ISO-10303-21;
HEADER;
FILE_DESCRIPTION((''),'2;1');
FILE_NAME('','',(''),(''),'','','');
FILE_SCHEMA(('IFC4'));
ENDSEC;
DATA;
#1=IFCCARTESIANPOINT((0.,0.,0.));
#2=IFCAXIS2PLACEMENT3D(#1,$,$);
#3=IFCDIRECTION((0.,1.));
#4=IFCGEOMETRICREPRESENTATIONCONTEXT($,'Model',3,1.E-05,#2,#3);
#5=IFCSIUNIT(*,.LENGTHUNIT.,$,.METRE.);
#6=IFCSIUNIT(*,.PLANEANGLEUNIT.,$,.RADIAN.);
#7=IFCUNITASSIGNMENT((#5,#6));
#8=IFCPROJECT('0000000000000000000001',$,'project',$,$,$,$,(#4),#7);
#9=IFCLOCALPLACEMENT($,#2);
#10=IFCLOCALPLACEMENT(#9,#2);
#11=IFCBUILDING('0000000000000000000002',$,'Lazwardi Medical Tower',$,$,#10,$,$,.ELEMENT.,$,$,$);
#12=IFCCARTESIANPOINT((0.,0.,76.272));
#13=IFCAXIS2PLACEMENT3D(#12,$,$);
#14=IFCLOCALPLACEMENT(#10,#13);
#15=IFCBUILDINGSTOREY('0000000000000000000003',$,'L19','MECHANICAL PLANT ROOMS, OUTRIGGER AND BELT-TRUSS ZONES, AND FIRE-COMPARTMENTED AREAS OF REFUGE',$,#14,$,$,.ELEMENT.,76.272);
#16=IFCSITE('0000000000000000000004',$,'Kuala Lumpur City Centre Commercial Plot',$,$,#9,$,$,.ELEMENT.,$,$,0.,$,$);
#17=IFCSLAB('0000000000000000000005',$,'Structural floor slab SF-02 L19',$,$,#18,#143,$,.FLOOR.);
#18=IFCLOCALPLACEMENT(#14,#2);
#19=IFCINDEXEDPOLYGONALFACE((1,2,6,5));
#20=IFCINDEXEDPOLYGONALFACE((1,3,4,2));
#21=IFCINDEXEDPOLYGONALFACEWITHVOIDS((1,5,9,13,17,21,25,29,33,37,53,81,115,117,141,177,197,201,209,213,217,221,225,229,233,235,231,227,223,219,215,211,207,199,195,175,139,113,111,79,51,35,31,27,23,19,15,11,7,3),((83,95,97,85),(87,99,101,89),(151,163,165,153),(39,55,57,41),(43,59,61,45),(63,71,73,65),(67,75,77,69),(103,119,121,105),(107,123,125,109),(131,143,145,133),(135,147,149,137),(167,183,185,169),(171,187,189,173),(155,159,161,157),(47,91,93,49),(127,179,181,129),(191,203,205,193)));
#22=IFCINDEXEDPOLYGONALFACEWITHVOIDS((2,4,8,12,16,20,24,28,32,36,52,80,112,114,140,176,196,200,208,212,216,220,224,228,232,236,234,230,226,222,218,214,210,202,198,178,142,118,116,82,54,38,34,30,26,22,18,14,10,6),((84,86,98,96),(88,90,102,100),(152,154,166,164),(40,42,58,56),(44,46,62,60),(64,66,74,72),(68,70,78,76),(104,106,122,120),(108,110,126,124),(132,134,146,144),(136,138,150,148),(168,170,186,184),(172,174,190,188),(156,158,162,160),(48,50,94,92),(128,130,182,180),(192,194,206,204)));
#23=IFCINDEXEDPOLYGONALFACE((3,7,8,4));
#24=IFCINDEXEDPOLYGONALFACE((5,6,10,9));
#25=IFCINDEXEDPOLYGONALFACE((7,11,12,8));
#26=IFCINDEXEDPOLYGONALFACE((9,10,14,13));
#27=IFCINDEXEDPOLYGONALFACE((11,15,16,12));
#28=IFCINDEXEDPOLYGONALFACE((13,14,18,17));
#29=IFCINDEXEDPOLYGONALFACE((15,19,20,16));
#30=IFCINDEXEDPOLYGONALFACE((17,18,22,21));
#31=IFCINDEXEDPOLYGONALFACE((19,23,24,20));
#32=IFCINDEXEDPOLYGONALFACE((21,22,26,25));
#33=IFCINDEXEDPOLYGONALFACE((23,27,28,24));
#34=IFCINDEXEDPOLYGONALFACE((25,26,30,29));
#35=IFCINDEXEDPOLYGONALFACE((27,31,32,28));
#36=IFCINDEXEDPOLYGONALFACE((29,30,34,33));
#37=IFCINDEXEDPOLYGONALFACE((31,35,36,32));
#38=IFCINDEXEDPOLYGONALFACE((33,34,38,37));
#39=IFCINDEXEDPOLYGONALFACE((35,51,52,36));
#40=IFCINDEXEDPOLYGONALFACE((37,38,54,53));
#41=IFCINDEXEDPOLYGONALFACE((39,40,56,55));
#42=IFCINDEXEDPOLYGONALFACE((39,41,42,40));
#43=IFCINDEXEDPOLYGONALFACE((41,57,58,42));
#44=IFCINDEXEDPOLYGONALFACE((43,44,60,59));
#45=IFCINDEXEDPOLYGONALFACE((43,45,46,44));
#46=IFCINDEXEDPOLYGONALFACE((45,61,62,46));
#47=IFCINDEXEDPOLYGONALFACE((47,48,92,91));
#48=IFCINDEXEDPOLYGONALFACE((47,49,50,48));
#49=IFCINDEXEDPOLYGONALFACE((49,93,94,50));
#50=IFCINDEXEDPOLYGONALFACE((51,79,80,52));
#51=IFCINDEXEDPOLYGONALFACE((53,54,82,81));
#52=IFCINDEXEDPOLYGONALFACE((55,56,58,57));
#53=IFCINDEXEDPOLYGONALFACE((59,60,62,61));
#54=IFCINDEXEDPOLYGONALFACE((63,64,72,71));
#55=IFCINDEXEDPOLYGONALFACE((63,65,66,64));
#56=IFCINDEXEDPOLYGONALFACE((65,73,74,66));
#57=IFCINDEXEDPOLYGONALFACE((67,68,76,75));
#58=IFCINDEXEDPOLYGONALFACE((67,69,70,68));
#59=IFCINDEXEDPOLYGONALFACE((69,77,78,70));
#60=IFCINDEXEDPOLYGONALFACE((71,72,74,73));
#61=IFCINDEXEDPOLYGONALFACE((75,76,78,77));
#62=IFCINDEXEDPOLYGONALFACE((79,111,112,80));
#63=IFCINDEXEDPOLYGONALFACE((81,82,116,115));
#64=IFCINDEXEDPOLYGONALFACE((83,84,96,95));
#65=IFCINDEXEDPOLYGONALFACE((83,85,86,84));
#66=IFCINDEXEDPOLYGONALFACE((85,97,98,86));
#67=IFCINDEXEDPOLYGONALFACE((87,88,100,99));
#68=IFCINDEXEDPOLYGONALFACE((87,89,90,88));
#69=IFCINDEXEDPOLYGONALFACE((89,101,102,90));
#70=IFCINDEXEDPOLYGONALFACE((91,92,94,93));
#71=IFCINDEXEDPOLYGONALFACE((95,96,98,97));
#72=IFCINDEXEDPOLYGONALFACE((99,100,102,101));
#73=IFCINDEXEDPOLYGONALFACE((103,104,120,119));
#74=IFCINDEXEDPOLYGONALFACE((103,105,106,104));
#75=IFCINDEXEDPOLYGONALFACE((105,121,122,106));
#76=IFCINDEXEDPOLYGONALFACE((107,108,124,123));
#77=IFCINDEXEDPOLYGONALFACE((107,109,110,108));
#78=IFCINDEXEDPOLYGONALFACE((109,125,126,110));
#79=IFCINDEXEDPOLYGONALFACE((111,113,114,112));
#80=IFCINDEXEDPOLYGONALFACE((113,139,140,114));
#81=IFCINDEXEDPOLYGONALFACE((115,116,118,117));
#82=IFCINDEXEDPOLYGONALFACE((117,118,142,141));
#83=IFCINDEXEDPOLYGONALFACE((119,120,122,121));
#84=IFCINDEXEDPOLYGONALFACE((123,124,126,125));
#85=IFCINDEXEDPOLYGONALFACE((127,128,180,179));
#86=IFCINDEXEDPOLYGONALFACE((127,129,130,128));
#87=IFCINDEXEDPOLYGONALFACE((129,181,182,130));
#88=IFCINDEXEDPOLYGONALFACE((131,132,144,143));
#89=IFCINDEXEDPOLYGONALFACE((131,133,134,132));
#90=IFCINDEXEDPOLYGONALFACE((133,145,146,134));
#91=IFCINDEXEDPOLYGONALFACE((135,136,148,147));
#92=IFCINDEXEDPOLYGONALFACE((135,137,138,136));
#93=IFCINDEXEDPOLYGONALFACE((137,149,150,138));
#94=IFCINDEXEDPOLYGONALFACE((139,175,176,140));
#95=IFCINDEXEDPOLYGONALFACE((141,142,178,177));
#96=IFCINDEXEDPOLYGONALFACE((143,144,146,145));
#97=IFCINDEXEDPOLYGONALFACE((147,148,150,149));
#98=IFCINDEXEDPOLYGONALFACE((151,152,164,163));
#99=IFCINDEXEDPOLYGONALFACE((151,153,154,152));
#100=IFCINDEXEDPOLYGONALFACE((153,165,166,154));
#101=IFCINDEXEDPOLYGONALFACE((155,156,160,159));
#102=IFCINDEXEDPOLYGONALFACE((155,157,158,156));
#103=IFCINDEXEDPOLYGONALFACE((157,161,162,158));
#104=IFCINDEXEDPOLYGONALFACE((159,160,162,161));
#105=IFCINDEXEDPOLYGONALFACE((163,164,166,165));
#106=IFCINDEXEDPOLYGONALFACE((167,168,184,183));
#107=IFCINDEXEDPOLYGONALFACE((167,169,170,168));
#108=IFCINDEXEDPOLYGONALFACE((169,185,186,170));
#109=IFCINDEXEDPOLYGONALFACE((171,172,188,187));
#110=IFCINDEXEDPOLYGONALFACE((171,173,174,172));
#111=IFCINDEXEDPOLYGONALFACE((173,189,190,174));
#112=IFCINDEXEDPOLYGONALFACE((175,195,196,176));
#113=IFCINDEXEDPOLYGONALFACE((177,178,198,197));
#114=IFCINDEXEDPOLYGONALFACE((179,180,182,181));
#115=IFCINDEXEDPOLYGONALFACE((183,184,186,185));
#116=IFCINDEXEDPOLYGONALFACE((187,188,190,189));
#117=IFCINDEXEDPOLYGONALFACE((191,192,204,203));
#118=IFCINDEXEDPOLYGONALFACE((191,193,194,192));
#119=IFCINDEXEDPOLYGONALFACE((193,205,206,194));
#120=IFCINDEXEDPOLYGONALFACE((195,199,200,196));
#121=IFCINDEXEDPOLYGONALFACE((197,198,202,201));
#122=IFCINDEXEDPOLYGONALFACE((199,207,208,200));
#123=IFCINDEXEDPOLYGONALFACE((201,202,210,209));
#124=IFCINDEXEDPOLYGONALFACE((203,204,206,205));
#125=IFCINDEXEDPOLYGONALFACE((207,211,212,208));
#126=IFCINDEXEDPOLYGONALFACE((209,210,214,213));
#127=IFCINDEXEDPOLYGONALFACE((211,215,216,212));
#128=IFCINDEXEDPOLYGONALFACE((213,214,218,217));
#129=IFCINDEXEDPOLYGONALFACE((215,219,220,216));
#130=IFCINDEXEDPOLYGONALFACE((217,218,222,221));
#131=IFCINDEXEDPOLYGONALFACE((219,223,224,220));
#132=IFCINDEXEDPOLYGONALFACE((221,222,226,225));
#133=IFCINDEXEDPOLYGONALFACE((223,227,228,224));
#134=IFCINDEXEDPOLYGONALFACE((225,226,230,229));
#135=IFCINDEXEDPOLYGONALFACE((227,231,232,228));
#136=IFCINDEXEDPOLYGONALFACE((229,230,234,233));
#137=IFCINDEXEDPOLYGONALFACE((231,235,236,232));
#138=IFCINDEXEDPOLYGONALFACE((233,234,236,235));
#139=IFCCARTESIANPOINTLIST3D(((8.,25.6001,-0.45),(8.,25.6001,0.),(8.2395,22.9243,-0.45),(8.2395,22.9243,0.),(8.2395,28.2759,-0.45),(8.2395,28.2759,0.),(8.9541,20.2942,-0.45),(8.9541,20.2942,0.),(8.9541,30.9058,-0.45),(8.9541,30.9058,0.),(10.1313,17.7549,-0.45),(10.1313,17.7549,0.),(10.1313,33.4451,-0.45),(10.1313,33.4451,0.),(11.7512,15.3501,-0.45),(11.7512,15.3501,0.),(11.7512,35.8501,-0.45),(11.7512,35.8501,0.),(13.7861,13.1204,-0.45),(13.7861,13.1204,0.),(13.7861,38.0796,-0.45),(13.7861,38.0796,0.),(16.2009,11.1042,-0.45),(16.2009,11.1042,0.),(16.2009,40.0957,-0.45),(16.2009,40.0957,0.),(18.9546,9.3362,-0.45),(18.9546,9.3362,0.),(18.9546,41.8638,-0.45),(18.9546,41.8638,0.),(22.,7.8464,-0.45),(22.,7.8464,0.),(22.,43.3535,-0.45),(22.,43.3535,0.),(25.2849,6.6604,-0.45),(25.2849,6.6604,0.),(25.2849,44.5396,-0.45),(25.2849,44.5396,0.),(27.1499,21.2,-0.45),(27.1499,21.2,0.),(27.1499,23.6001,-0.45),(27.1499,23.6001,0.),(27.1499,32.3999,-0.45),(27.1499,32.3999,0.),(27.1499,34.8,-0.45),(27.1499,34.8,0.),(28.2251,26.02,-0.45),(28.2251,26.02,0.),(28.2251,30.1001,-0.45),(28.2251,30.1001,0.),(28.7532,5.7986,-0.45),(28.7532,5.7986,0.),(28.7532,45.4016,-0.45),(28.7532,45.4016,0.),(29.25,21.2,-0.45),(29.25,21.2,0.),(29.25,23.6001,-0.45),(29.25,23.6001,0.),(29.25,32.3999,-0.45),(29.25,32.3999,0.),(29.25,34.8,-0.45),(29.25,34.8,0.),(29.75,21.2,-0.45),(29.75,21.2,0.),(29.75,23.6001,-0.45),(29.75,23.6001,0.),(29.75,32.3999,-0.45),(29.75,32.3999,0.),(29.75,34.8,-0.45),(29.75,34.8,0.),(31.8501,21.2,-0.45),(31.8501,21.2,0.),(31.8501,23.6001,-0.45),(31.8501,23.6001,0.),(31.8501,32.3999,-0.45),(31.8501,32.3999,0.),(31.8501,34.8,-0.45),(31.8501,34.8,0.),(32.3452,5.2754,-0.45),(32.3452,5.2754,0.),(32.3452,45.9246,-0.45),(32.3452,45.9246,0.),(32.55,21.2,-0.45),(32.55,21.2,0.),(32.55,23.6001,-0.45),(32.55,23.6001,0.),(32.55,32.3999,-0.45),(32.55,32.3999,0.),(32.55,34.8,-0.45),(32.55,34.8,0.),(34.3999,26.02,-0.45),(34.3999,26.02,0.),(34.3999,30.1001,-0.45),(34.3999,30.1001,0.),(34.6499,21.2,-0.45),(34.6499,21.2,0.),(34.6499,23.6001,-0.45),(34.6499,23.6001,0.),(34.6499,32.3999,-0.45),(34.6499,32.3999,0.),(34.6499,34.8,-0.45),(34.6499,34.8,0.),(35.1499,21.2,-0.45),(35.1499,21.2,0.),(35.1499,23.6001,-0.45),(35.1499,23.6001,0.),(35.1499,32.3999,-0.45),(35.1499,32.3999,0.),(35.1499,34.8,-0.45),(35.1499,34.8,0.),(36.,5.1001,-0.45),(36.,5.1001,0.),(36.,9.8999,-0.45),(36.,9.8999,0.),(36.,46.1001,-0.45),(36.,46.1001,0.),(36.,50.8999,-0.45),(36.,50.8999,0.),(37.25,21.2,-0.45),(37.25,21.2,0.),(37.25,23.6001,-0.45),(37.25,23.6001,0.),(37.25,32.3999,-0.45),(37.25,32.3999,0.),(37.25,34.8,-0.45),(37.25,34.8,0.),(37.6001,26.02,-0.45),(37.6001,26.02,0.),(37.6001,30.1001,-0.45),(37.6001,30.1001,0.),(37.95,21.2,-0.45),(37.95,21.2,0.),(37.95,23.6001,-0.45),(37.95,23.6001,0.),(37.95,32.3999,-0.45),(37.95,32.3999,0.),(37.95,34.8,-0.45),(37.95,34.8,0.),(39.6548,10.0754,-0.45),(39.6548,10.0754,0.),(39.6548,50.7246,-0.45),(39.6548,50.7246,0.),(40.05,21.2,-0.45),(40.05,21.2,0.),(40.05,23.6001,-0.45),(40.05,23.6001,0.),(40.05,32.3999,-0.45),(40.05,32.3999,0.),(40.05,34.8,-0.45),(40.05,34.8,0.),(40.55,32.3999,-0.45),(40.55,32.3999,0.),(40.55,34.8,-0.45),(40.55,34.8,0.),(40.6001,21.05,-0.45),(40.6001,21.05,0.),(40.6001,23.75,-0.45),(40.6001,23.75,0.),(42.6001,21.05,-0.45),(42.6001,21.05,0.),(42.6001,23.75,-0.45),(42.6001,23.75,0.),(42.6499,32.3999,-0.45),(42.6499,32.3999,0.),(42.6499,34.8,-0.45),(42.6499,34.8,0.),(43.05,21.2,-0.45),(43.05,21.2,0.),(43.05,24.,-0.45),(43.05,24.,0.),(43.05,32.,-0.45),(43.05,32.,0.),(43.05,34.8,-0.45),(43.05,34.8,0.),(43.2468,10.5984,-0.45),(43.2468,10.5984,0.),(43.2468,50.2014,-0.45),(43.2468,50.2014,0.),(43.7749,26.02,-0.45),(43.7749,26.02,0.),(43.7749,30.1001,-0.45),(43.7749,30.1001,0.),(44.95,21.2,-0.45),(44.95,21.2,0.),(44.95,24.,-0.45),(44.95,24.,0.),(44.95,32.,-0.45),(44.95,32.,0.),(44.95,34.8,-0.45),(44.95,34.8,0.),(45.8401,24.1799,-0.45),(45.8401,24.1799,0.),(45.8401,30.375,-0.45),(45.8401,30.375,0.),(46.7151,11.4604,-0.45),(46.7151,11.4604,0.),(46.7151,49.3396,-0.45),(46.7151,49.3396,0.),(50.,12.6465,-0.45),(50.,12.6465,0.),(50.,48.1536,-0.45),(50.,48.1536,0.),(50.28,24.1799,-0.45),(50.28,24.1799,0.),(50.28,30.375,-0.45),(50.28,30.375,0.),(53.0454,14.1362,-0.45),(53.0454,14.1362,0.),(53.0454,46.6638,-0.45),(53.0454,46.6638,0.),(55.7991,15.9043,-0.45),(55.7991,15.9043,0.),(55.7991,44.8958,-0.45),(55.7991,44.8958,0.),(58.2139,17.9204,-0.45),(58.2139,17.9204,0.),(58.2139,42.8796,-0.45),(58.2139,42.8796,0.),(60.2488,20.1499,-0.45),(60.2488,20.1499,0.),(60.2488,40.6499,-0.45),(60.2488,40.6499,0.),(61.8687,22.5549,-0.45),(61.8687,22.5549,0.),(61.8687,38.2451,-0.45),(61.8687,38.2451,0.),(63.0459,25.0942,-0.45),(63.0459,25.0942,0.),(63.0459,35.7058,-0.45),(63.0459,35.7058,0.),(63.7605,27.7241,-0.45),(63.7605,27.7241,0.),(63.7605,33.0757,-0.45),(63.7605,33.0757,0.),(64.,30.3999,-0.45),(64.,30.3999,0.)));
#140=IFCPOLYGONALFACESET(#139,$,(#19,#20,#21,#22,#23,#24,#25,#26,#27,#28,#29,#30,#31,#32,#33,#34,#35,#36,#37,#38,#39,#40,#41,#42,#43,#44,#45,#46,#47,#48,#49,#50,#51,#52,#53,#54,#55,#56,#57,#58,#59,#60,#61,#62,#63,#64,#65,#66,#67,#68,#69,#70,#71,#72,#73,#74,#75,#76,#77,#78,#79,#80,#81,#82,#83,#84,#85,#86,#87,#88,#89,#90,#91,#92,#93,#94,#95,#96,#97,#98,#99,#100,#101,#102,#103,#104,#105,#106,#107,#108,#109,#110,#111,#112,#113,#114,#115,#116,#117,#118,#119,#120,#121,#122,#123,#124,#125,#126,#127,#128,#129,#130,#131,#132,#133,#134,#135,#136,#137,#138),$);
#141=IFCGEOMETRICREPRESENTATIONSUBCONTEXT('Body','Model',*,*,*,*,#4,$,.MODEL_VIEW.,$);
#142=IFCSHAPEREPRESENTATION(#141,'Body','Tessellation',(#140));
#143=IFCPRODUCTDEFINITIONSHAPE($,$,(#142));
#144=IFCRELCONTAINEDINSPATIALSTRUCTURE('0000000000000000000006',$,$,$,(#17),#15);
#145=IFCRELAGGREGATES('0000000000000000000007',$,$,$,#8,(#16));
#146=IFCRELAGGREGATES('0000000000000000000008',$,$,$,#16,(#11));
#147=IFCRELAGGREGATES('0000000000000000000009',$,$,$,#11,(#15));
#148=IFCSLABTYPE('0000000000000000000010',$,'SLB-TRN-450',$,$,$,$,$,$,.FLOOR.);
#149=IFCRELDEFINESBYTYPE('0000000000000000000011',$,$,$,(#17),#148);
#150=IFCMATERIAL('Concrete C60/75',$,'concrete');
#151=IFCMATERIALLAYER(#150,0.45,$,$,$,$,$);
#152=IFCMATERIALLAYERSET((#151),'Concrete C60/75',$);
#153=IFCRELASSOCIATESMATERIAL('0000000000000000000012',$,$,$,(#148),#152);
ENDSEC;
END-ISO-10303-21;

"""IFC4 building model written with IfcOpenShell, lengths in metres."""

from ifc_helpers import new_model, si_unit, direction, frame, origin, place, context, subcontext, project, spatial, polyline, outline, extrude, material, layer, layer_set, type_object, element, save


model = new_model("IFC4")

# Units and contexts
model_context = context("Model", 3, precision=1e-05, world=origin(), true_north=direction((0.0, 1.0)))
body_context = subcontext(model_context, "Body", "Model", "MODEL_VIEW")
ifc_project = project(units=[si_unit("LENGTHUNIT", "METRE"), si_unit("PLANEANGLEUNIT", "RADIAN")], contexts=[model_context])

# Site, building, storey
site_placement = place(None, origin())
site = spatial("IfcSite", under=ifc_project, at=site_placement, Name="Kuala Lumpur City Centre Commercial Plot", CompositionType="ELEMENT", RefElevation=0.0)
building_placement = place(site_placement, origin())
building = spatial("IfcBuilding", under=site, at=building_placement, Name="Lazwardi Medical Tower", CompositionType="ELEMENT")
storey_placement = place(building_placement, frame((0.0, 0.0, 76.272)))
storey = spatial("IfcBuildingStorey", under=building, at=storey_placement, Name="L19", Description="MECHANICAL PLANT ROOMS, OUTRIGGER AND BELT-TRUSS ZONES, AND FIRE-COMPARTMENTED AREAS OF REFUGE", CompositionType="ELEMENT", Elevation=76.272)

# Slab
ifc_material_1 = material(Name="Concrete C60/75", Category="concrete")
ifc_layer_1 = layer(ifc_material_1, 0.45)
ifc_layer_set_1 = layer_set([ifc_layer_1], Name="Concrete C60/75")
slab_type_1 = type_object("IfcSlabType", Name="SLB-TRN-450", PredefinedType="FLOOR", material=ifc_layer_set_1)
slab_1_placement = place(storey_placement, frame((0.0, 0.0, -0.45)))
element("IfcSlab", 1, at=slab_1_placement, inside=storey, type_object=slab_type_1, Name="Structural floor slab SF-02 L19", PredefinedType="FLOOR", context=body_context, shape_type="SweptSolid", body=[
    extrude(outline(polyline([(10.1313, 33.4451), (8.9541, 30.9058), (8.2395, 28.2759), (8.0, 25.6001), (8.2395, 22.9243), (8.9541, 20.2942), (10.1313, 17.7549), (11.7512, 15.3501), (13.7861, 13.1204), (16.2009, 11.1042), (18.9546, 9.3362), (22.0, 7.8464), (25.2849, 6.6604), (28.7532, 5.7986), (32.3452, 5.2754), (36.0, 5.1001), (36.0, 9.8999), (39.6548, 10.0754), (43.2468, 10.5984), (46.7151, 11.4604), (50.0, 12.6465), (53.0454, 14.1362), (55.7991, 15.9043), (58.2139, 17.9204), (60.2488, 20.1499), (61.8687, 22.5549), (63.0459, 25.0942), (63.7605, 27.7241), (64.0, 30.3999), (63.7605, 33.0757), (63.0459, 35.7058), (61.8687, 38.2451), (60.2488, 40.6499), (58.2139, 42.8796), (55.7991, 44.8958), (53.0454, 46.6638), (50.0, 48.1536), (46.7151, 49.3396), (43.2468, 50.2014), (39.6548, 50.7246), (36.0, 50.8999), (36.0, 46.1001), (32.3452, 45.9246), (28.7532, 45.4016), (25.2849, 44.5396), (22.0, 43.3535), (18.9546, 41.8638), (16.2009, 40.0957), (13.7861, 38.0796), (11.7512, 35.8501), (10.1313, 33.4451)]), holes=[polyline([(28.2251, 26.02), (28.2251, 30.1001), (34.3999, 30.1001), (34.3999, 26.02), (28.2251, 26.02)]), polyline([(37.6001, 30.1001), (43.7749, 30.1001), (43.7749, 26.02), (37.6001, 26.02), (37.6001, 30.1001)]), polyline([(50.28, 30.375), (50.28, 24.1799), (45.8401, 24.1799), (45.8401, 30.375), (50.28, 30.375)]), polyline([(29.25, 32.3999), (27.1499, 32.3999), (27.1499, 34.8), (29.25, 34.8), (29.25, 32.3999)]), polyline([(29.75, 32.3999), (29.75, 34.8), (31.8501, 34.8), (31.8501, 32.3999), (29.75, 32.3999)]), polyline([(27.1499, 23.6001), (29.25, 23.6001), (29.25, 21.2), (27.1499, 21.2), (27.1499, 23.6001)]), polyline([(31.8501, 23.6001), (31.8501, 21.2), (29.75, 21.2), (29.75, 23.6001), (31.8501, 23.6001)]), polyline([(34.6499, 32.3999), (32.55, 32.3999), (32.55, 34.8), (34.6499, 34.8), (34.6499, 32.3999)]), polyline([(35.1499, 32.3999), (35.1499, 34.8), (37.25, 34.8), (37.25, 32.3999), (35.1499, 32.3999)]), polyline([(32.55, 23.6001), (34.6499, 23.6001), (34.6499, 21.2), (32.55, 21.2), (32.55, 23.6001)]), polyline([(37.25, 23.6001), (37.25, 21.2), (35.1499, 21.2), (35.1499, 23.6001), (37.25, 23.6001)]), polyline([(40.05, 32.3999), (37.95, 32.3999), (37.95, 34.8), (40.05, 34.8), (40.05, 32.3999)]), polyline([(40.55, 32.3999), (40.55, 34.8), (42.6499, 34.8), (42.6499, 32.3999), (40.55, 32.3999)]), polyline([(37.95, 23.6001), (40.05, 23.6001), (40.05, 21.2), (37.95, 21.2), (37.95, 23.6001)]), polyline([(44.95, 34.8), (44.95, 32.0), (43.05, 32.0), (43.05, 34.8), (44.95, 34.8)]), polyline([(44.95, 21.2), (43.05, 21.2), (43.05, 24.0), (44.95, 24.0), (44.95, 21.2)]), polyline([(40.6001, 21.05), (40.6001, 23.75), (42.6001, 23.75), (42.6001, 21.05), (40.6001, 21.05)])]), origin(), (0.0, 0.0, 1.0), 0.45),
])

save(model, "model.ifc")
